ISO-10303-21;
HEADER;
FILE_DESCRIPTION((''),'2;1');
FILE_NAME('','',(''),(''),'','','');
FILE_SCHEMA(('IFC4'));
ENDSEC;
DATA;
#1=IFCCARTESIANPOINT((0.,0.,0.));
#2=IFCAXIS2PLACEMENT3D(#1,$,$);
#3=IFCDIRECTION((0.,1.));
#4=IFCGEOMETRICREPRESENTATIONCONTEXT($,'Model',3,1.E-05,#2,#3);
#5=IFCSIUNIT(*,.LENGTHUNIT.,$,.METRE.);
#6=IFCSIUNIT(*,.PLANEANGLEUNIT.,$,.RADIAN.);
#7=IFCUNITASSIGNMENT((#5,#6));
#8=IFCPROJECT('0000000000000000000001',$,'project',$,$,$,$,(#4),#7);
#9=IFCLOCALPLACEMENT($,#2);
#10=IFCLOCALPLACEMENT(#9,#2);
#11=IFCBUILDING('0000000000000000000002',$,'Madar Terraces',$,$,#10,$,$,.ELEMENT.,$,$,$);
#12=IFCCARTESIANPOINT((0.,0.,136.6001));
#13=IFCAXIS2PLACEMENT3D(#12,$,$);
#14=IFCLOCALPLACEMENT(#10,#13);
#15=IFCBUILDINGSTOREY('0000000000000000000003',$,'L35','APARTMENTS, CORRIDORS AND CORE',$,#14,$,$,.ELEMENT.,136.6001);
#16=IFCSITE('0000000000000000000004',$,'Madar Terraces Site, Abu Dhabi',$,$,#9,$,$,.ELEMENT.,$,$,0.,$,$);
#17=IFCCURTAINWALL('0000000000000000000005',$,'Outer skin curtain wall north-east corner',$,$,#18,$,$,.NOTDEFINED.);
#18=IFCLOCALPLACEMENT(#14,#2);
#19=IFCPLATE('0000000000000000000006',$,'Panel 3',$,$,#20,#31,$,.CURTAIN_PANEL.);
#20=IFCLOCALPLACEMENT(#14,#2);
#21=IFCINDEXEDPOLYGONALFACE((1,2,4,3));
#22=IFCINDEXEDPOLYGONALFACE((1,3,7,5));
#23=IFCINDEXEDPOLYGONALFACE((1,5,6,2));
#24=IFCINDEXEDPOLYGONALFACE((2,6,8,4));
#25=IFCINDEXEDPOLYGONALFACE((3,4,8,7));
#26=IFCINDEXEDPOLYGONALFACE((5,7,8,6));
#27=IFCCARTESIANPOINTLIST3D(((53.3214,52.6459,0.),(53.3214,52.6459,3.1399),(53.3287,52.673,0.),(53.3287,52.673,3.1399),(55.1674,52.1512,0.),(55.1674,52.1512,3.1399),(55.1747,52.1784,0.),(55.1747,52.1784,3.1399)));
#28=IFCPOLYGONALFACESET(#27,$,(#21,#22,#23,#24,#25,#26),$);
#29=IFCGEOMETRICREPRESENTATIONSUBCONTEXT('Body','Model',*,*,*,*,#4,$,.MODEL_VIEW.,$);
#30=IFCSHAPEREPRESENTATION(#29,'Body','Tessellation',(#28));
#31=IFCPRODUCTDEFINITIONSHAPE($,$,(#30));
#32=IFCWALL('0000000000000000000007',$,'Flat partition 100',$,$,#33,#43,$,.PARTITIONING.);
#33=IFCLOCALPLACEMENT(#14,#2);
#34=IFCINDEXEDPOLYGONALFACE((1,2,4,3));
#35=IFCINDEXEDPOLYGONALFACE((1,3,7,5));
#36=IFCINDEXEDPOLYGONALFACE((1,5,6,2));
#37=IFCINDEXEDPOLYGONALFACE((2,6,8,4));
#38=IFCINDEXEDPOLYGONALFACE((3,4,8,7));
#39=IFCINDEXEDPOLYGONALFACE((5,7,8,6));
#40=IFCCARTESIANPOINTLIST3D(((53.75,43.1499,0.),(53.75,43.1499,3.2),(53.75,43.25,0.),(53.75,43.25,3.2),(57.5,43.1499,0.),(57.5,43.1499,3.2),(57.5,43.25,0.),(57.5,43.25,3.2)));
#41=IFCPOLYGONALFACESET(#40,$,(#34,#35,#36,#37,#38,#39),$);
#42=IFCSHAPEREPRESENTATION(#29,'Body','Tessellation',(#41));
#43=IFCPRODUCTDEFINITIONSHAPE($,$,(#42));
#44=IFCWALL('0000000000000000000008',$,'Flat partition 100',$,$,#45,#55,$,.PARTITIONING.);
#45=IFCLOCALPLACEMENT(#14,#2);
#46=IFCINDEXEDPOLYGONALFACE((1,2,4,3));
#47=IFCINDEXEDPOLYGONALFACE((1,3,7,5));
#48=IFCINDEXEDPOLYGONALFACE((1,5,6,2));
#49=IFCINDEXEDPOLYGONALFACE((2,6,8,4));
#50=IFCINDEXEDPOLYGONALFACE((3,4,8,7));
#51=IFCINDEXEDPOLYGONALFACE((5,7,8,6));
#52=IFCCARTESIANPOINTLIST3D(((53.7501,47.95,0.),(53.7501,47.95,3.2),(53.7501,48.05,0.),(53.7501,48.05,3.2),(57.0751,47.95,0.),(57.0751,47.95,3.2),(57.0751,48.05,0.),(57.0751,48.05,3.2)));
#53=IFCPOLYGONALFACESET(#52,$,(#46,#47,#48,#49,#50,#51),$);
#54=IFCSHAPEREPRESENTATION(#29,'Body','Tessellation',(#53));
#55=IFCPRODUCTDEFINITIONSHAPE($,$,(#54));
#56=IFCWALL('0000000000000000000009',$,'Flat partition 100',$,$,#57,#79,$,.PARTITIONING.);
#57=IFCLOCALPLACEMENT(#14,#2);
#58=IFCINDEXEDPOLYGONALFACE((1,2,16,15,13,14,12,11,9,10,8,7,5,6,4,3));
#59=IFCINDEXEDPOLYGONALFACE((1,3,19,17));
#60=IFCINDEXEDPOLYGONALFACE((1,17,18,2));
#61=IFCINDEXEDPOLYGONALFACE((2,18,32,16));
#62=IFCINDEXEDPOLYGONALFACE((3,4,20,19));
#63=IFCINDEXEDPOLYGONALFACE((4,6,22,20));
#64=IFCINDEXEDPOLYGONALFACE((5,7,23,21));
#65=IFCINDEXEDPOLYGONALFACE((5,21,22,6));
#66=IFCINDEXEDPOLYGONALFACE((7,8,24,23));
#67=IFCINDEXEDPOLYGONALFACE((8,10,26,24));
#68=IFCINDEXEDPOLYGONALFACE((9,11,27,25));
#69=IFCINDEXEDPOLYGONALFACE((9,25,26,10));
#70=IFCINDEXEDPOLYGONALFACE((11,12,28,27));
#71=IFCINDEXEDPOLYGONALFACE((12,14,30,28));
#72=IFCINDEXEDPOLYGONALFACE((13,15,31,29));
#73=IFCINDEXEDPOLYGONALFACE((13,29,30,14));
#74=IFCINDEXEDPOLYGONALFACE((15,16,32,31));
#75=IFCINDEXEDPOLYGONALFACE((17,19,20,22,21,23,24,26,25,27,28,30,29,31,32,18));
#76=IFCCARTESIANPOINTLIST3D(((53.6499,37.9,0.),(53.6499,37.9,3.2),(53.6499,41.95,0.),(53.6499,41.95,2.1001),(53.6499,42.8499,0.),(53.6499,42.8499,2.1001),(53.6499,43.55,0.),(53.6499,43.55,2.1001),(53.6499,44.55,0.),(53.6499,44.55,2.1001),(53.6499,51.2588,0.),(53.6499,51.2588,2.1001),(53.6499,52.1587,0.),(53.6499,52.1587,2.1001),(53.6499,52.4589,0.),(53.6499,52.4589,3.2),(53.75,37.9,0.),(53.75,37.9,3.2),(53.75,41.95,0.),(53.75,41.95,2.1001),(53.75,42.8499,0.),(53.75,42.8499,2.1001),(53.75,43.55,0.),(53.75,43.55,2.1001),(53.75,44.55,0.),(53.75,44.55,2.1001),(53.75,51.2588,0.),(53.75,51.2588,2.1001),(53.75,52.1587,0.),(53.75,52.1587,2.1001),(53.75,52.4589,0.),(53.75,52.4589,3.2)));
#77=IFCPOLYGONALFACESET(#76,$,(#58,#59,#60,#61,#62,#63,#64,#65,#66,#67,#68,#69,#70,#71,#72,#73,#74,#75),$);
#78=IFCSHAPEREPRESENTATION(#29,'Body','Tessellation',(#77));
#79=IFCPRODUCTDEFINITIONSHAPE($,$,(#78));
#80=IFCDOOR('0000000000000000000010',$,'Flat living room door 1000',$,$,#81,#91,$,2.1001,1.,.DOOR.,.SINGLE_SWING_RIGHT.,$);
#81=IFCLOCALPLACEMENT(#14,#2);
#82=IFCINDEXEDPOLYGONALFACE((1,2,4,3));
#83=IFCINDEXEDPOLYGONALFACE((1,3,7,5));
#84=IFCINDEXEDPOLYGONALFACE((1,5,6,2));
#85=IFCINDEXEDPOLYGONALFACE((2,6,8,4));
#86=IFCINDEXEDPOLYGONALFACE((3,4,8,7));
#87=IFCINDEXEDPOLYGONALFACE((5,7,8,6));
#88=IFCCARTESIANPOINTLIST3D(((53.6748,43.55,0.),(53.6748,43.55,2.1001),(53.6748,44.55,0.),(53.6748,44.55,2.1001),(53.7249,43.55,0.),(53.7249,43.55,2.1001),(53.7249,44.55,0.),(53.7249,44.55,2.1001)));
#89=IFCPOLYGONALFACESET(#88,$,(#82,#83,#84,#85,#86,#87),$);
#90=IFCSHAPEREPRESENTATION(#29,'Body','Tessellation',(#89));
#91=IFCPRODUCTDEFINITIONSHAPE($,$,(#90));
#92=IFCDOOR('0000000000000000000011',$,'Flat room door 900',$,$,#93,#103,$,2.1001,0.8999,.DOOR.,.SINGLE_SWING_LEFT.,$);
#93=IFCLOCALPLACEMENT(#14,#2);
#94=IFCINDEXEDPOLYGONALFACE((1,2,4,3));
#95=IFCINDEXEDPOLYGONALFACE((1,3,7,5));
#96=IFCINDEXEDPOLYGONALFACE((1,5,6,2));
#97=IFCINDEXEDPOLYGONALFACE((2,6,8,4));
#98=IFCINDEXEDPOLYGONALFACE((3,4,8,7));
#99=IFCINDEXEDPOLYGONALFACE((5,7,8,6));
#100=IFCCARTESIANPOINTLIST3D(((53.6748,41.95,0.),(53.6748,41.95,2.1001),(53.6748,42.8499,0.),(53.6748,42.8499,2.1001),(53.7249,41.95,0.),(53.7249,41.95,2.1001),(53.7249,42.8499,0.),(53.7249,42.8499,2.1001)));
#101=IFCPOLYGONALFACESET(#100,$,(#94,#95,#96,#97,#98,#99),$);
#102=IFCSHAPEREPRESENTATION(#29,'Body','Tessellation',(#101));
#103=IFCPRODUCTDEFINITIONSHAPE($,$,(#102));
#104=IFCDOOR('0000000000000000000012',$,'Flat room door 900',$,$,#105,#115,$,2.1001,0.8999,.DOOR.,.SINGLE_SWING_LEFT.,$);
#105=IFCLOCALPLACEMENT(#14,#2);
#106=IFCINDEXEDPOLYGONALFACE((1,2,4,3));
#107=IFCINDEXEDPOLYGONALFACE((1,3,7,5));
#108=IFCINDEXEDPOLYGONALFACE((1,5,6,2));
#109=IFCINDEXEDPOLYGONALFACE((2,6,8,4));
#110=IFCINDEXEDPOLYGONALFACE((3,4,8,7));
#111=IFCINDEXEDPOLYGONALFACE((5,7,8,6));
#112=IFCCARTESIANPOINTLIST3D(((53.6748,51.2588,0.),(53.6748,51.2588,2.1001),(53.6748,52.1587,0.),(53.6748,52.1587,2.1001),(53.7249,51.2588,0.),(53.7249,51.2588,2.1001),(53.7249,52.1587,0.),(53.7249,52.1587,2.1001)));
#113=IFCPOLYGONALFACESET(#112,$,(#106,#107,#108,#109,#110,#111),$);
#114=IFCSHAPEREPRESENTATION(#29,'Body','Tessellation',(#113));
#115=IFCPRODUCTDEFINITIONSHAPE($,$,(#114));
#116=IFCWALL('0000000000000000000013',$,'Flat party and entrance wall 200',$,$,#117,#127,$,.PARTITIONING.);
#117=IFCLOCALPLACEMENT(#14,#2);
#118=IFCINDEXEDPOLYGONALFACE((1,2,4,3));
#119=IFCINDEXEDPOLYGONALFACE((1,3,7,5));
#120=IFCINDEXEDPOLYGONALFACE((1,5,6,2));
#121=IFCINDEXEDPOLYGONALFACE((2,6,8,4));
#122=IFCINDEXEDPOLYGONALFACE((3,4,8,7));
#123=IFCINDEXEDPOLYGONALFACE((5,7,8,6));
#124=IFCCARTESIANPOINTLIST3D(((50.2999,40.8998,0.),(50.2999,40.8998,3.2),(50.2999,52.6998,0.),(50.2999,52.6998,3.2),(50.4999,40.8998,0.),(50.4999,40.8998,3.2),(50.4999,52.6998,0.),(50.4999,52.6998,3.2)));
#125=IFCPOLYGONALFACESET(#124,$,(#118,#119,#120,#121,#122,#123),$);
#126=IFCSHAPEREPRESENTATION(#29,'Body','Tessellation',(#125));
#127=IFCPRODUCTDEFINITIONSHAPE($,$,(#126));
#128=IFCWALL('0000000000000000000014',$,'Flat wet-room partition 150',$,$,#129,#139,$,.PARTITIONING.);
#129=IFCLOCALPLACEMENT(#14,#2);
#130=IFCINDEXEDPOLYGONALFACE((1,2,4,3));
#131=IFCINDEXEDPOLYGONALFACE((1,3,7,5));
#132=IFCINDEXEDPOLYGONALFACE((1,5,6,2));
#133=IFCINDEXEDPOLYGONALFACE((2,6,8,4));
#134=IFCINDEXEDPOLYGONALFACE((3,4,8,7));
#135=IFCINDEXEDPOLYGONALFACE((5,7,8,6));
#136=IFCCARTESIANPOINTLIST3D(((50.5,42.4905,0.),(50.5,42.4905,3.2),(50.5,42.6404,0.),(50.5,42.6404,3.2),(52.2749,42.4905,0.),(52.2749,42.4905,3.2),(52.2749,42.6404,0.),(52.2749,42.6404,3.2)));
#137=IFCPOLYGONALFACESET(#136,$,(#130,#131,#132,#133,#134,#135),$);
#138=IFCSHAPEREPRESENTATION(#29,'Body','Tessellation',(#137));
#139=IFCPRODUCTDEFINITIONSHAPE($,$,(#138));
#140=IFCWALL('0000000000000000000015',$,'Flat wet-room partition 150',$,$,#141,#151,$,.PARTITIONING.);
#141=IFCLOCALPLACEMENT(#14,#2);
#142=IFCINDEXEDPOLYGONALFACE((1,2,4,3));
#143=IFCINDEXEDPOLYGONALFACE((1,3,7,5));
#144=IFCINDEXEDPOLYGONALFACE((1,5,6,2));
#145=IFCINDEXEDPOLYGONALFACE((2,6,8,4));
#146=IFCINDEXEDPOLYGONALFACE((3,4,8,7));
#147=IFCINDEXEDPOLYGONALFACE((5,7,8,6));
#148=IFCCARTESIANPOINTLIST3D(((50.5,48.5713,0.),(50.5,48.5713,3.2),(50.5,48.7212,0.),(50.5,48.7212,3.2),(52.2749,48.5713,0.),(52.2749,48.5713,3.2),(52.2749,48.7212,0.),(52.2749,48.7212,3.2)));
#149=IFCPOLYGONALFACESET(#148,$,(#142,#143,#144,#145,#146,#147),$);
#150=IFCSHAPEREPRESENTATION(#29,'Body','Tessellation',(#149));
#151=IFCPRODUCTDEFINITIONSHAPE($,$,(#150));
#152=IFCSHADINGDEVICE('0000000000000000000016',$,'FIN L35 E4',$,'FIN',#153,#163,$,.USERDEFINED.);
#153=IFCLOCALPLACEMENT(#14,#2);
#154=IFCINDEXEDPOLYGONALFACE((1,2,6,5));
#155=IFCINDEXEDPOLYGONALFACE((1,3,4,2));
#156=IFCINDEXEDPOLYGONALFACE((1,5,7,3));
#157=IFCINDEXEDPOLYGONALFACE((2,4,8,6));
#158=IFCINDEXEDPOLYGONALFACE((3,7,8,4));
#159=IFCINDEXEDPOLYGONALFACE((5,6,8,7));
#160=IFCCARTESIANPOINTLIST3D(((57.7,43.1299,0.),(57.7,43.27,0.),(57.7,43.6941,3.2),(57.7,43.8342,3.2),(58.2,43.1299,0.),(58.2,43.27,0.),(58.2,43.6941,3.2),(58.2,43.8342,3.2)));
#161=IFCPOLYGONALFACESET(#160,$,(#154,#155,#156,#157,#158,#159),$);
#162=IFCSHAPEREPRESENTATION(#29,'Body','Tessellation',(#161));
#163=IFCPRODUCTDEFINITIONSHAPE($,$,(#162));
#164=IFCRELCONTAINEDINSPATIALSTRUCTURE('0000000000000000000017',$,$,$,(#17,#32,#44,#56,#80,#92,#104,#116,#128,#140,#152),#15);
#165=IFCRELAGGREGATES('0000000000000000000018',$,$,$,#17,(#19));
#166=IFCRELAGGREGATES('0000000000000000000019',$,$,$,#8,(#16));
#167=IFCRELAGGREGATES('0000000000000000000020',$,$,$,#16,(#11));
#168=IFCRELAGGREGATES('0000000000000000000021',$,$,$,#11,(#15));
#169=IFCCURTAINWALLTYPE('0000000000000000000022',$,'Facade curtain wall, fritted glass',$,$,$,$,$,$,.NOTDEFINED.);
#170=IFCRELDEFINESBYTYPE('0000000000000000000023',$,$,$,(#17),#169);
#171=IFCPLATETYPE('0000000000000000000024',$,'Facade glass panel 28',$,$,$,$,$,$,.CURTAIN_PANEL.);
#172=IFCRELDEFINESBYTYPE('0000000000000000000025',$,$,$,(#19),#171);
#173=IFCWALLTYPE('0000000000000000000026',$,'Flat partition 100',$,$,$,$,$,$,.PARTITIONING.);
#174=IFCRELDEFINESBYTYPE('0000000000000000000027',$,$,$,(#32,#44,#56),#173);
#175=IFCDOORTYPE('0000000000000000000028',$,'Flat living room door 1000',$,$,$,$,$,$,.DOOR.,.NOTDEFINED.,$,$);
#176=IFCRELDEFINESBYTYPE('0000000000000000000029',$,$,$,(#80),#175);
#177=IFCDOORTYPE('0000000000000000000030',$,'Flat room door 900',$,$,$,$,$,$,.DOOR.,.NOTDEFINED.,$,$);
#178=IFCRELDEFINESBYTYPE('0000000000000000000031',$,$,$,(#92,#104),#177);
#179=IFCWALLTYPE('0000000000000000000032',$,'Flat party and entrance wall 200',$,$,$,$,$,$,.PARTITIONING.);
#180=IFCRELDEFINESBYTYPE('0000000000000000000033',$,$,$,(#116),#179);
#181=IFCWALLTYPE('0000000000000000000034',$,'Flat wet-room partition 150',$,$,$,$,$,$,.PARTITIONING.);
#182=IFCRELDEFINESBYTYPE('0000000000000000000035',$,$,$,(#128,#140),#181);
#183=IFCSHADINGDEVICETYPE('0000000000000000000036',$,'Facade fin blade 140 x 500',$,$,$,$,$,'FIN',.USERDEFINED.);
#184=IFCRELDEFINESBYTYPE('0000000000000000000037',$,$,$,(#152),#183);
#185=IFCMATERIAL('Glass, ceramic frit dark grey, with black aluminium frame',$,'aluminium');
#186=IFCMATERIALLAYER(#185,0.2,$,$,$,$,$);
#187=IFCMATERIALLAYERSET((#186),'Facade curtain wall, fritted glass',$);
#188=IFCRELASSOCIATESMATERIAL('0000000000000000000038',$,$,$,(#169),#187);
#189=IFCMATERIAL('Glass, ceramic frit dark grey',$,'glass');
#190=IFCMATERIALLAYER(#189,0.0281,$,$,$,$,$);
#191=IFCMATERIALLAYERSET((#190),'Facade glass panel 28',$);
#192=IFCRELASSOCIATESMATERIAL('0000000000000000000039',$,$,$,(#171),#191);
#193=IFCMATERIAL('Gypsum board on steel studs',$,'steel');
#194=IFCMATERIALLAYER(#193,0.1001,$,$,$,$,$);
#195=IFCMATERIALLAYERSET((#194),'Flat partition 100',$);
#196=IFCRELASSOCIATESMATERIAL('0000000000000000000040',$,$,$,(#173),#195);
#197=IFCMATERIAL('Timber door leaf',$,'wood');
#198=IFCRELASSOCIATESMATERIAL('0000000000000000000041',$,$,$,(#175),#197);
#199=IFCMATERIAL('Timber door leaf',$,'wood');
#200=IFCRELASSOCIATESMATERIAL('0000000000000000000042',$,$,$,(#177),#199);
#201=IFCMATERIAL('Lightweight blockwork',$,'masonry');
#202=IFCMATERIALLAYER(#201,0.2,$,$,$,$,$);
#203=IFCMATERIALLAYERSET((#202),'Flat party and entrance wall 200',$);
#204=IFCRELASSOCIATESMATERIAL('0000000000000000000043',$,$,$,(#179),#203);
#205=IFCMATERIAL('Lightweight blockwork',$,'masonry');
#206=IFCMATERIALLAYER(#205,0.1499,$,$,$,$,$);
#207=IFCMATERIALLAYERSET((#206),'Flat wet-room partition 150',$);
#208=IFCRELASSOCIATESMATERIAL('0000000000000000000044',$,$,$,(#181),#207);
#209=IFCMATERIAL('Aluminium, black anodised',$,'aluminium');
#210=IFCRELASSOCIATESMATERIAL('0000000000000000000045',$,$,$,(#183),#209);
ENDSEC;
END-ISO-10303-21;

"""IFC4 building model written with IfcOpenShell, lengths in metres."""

from ifc_helpers import new_model, si_unit, direction, frame, frame_2d, origin, origin_2d, place, context, subcontext, project, spatial, polyline, rectangle, outline, extrude, material, layer, layer_set, type_object, element, fill, aggregate, save


model = new_model("IFC4")

# Units and contexts
model_context = context("Model", 3, precision=1e-05, world=origin(), true_north=direction((0.0, 1.0)))
body_context = subcontext(model_context, "Body", "Model", "MODEL_VIEW")
ifc_project = project(units=[si_unit("LENGTHUNIT", "METRE"), si_unit("PLANEANGLEUNIT", "RADIAN")], contexts=[model_context])

# Site, building, storey
site_placement = place(None, origin())
site = spatial("IfcSite", under=ifc_project, at=site_placement, Name="Madar Terraces Site, Abu Dhabi", CompositionType="ELEMENT", RefElevation=0.0)
building_placement = place(site_placement, origin())
building = spatial("IfcBuilding", under=site, at=building_placement, Name="Madar Terraces", CompositionType="ELEMENT")
storey_placement = place(building_placement, frame((0.0, 0.0, 136.6001)))
storey = spatial("IfcBuildingStorey", under=building, at=storey_placement, Name="L35", Description="APARTMENTS, CORRIDORS AND CORE", CompositionType="ELEMENT", Elevation=136.6001)

# Shared definitions
ifc_material_1 = material(Name="Glass, ceramic frit dark grey, with black aluminium frame", Category="aluminium")
ifc_layer_1 = layer(ifc_material_1, 0.2)
ifc_layer_set_1 = layer_set([ifc_layer_1], Name="Facade curtain wall, fritted glass")
curtain_wall_type = type_object("IfcCurtainWallType", Name="Facade curtain wall, fritted glass", PredefinedType="NOTDEFINED", material=ifc_layer_set_1)

# Curtain wall
curtain_wall_1_placement = place(storey_placement, origin())
curtain_wall_1 = element("IfcCurtainWall", 1, at=curtain_wall_1_placement, inside=storey, type_object=curtain_wall_type, Name="Outer skin curtain wall north-east corner", PredefinedType="NOTDEFINED")

# Plate
ifc_material_2 = material(Name="Glass, ceramic frit dark grey", Category="glass")
ifc_layer_2 = layer(ifc_material_2, 0.0281)
ifc_layer_set_2 = layer_set([ifc_layer_2], Name="Facade glass panel 28")
plate_type = type_object("IfcPlateType", Name="Facade glass panel 28", PredefinedType="CURTAIN_PANEL", material=ifc_layer_set_2)
plate_1_placement = place(storey_placement, frame((54.248, 52.4121, 0.0), z_axis=(0.0, 0.0, 1.0), x_axis=(-0.965926, 0.258819, 0.0)))
plate_1 = element("IfcPlate", 2, at=plate_1_placement, type_object=plate_type, Name="Panel 3", PredefinedType="CURTAIN_PANEL", context=body_context, shape_type="SweptSolid", body=[
    extrude(rectangle(XDim=1.9111, YDim=0.0281, at=origin_2d()), origin(), (0.0, 0.0, 1.0), 3.1399),
])
aggregate(curtain_wall_1, [plate_1])

# Walls
ifc_material_3 = material(Name="Gypsum board on steel studs", Category="steel")
ifc_layer_3 = layer(ifc_material_3, 0.1001)
ifc_layer_set_3 = layer_set([ifc_layer_3], Name="Flat partition 100")
wall_type_1 = type_object("IfcWallType", Name="Flat partition 100", PredefinedType="PARTITIONING", material=ifc_layer_set_3)
wall_1_placement = place(storey_placement, frame((53.75, 43.2, 0.0), z_axis=(0.0, 0.0, 1.0), x_axis=(1.0, 0.0, 0.0)))
element("IfcWall", 3, at=wall_1_placement, inside=storey, type_object=wall_type_1, Name="Flat partition 100", PredefinedType="PARTITIONING", context=body_context, shape_type="SweptSolid", body=[
    extrude(rectangle(XDim=3.75, YDim=0.1001, at=frame_2d((1.875, 0.0))), origin(), (0.0, 0.0, 1.0), 3.2),
])
wall_2_placement = place(storey_placement, frame((53.75, 48.0, 0.0), z_axis=(0.0, 0.0, 1.0), x_axis=(1.0, 0.0, 0.0)))
element("IfcWall", 4, at=wall_2_placement, inside=storey, type_object=wall_type_1, Name="Flat partition 100", PredefinedType="PARTITIONING", context=body_context, shape_type="SweptSolid", body=[
    extrude(rectangle(XDim=3.325, YDim=0.1001, at=frame_2d((1.6626, 0.0))), origin(), (0.0, 0.0, 1.0), 3.2),
])

# Wall, openings, doors
wall_3_placement = place(storey_placement, frame((53.7, 52.4587, 0.0), z_axis=(0.0, 0.0, 1.0), x_axis=(0.0, -1.0, 0.0)))
wall_3 = element("IfcWall", 5, at=wall_3_placement, inside=storey, type_object=wall_type_1, Name="Flat partition 100", PredefinedType="PARTITIONING", context=body_context, shape_type="SweptSolid", body=[
    extrude(rectangle(XDim=14.5588, YDim=0.1001, at=frame_2d((7.2793, 0.0))), origin(), (0.0, 0.0, 1.0), 3.2),
])
opening_1_placement = place(wall_3_placement, frame((9.6089, 0.0, 0.0)))
opening_1 = element("IfcOpeningElement", 6, at=opening_1_placement, cuts=wall_3, PredefinedType="OPENING", context=body_context, shape_type="SweptSolid", body=[
    extrude(rectangle(XDim=0.8999, YDim=2.1001, at=frame_2d((0.45, 1.05))), frame((0.0, 0.0601, 0.0), z_axis=(0.0, -1.0, 0.0), x_axis=(1.0, 0.0, 0.0)), (0.0, 0.0, 1.0), 0.1201),
])
opening_2_placement = place(wall_3_placement, frame((7.9087, 0.0, 0.0)))
opening_2 = element("IfcOpeningElement", 7, at=opening_2_placement, cuts=wall_3, PredefinedType="OPENING", context=body_context, shape_type="SweptSolid", body=[
    extrude(rectangle(XDim=1.0, YDim=2.1001, at=frame_2d((0.5, 1.05))), frame((0.0, 0.0601, 0.0), z_axis=(0.0, -1.0, 0.0), x_axis=(1.0, 0.0, 0.0)), (0.0, 0.0, 1.0), 0.1201),
])
opening_3_placement = place(wall_3_placement, frame((0.3, 0.0, 0.0)))
opening_3 = element("IfcOpeningElement", 8, at=opening_3_placement, cuts=wall_3, PredefinedType="OPENING", context=body_context, shape_type="SweptSolid", body=[
    extrude(rectangle(XDim=0.8999, YDim=2.1001, at=frame_2d((0.45, 1.05))), frame((0.0, 0.0601, 0.0), z_axis=(0.0, -1.0, 0.0), x_axis=(1.0, 0.0, 0.0)), (0.0, 0.0, 1.0), 0.1201),
])
ifc_material_4 = material(Name="Timber door leaf", Category="wood")
door_type_1 = type_object("IfcDoorType", Name="Flat living room door 1000", OperationType="NOTDEFINED", PredefinedType="DOOR", material=ifc_material_4)
door_1_placement = place(opening_2_placement, origin())
door_1 = element("IfcDoor", 9, at=door_1_placement, inside=storey, type_object=door_type_1, Name="Flat living room door 1000", OperationType="SINGLE_SWING_RIGHT", OverallHeight=2.1001, OverallWidth=1.0, PredefinedType="DOOR", context=body_context, shape_type="SweptSolid", body=[
    extrude(rectangle(XDim=1.0, YDim=2.1001, at=frame_2d((0.5, 1.05))), frame((0.0, 0.0249, 0.0), z_axis=(0.0, -1.0, 0.0), x_axis=(1.0, 0.0, 0.0)), (0.0, 0.0, 1.0), 0.05),
])
fill(opening_2, door_1)
ifc_material_5 = material(Name="Timber door leaf", Category="wood")
door_type_2 = type_object("IfcDoorType", Name="Flat room door 900", OperationType="NOTDEFINED", PredefinedType="DOOR", material=ifc_material_5)
door_2_placement = place(opening_1_placement, origin())
door_2 = element("IfcDoor", 10, at=door_2_placement, inside=storey, type_object=door_type_2, Name="Flat room door 900", OperationType="SINGLE_SWING_LEFT", OverallHeight=2.1001, OverallWidth=0.8999, PredefinedType="DOOR", context=body_context, shape_type="SweptSolid", body=[
    extrude(rectangle(XDim=0.8999, YDim=2.1001, at=frame_2d((0.45, 1.05))), frame((0.0, 0.0249, 0.0), z_axis=(0.0, -1.0, 0.0), x_axis=(1.0, 0.0, 0.0)), (0.0, 0.0, 1.0), 0.05),
])
fill(opening_1, door_2)
door_3_placement = place(opening_3_placement, origin())
door_3 = element("IfcDoor", 11, at=door_3_placement, inside=storey, type_object=door_type_2, Name="Flat room door 900", OperationType="SINGLE_SWING_LEFT", OverallHeight=2.1001, OverallWidth=0.8999, PredefinedType="DOOR", context=body_context, shape_type="SweptSolid", body=[
    extrude(rectangle(XDim=0.8999, YDim=2.1001, at=frame_2d((0.45, 1.05))), frame((0.0, 0.0249, 0.0), z_axis=(0.0, -1.0, 0.0), x_axis=(1.0, 0.0, 0.0)), (0.0, 0.0, 1.0), 0.05),
])
fill(opening_3, door_3)

# Walls
ifc_material_6 = material(Name="Lightweight blockwork", Category="masonry")
ifc_layer_4 = layer(ifc_material_6, 0.2)
ifc_layer_set_4 = layer_set([ifc_layer_4], Name="Flat party and entrance wall 200")
wall_type_2 = type_object("IfcWallType", Name="Flat party and entrance wall 200", PredefinedType="PARTITIONING", material=ifc_layer_set_4)
wall_4_placement = place(storey_placement, frame((50.3999, 40.8999, 0.0), z_axis=(0.0, 0.0, 1.0), x_axis=(0.0, 1.0, 0.0)))
element("IfcWall", 12, at=wall_4_placement, inside=storey, type_object=wall_type_2, Name="Flat party and entrance wall 200", PredefinedType="PARTITIONING", context=body_context, shape_type="SweptSolid", body=[
    extrude(rectangle(XDim=11.8, YDim=0.2, at=frame_2d((5.8999, 0.0))), origin(), (0.0, 0.0, 1.0), 3.2),
])
ifc_material_7 = material(Name="Lightweight blockwork", Category="masonry")
ifc_layer_5 = layer(ifc_material_7, 0.1499)
ifc_layer_set_5 = layer_set([ifc_layer_5], Name="Flat wet-room partition 150")
wall_type_3 = type_object("IfcWallType", Name="Flat wet-room partition 150", PredefinedType="PARTITIONING", material=ifc_layer_set_5)
for number, where, z_axis, x_axis, name in (
    (13, (50.5, 42.5654, 0.0), (0.0, 0.0, 1.0), (1.0, 0.0, 0.0), "Flat wet-room partition 150"),
    (14, (50.5, 48.6462, 0.0), (0.0, 0.0, 1.0), (1.0, 0.0, 0.0), "Flat wet-room partition 150"),
):
    element("IfcWall", number, at=place(storey_placement, frame(where, z_axis=z_axis, x_axis=x_axis)), inside=storey, type_object=wall_type_3, Name=name, PredefinedType="PARTITIONING", context=body_context, shape_type="SweptSolid", body=[
        extrude(rectangle(XDim=1.7749, YDim=0.1499, at=frame_2d((0.8875, 0.0))), origin(), (0.0, 0.0, 1.0), 3.2),
    ])

# Shading device
ifc_material_8 = material(Name="Aluminium, black anodised", Category="aluminium")
shading_device_type = type_object("IfcShadingDeviceType", Name="Facade fin blade 140 x 500", ElementType="FIN", PredefinedType="USERDEFINED", material=ifc_material_8)
shading_device_placement = place(storey_placement, frame((57.95, 43.1299, 0.0), z_axis=(0.0, 0.0, 1.0), x_axis=(0.0, 1.0, 0.0)))
element("IfcShadingDevice", 15, at=shading_device_placement, inside=storey, type_object=shading_device_type, Name="FIN L35 E4", ObjectType="FIN", PredefinedType="USERDEFINED", context=body_context, shape_type="SweptSolid", body=[
    extrude(outline(polyline([(0.0, 0.0), (0.1401, 0.0), (0.7043, 3.2), (0.5642, 3.2), (0.0, 0.0)])), frame((0.0, 0.25, 0.0), z_axis=(0.0, -1.0, 0.0), x_axis=(1.0, 0.0, 0.0)), (0.0, 0.0, 1.0), 0.5),
])

save(model, "model.ifc")
